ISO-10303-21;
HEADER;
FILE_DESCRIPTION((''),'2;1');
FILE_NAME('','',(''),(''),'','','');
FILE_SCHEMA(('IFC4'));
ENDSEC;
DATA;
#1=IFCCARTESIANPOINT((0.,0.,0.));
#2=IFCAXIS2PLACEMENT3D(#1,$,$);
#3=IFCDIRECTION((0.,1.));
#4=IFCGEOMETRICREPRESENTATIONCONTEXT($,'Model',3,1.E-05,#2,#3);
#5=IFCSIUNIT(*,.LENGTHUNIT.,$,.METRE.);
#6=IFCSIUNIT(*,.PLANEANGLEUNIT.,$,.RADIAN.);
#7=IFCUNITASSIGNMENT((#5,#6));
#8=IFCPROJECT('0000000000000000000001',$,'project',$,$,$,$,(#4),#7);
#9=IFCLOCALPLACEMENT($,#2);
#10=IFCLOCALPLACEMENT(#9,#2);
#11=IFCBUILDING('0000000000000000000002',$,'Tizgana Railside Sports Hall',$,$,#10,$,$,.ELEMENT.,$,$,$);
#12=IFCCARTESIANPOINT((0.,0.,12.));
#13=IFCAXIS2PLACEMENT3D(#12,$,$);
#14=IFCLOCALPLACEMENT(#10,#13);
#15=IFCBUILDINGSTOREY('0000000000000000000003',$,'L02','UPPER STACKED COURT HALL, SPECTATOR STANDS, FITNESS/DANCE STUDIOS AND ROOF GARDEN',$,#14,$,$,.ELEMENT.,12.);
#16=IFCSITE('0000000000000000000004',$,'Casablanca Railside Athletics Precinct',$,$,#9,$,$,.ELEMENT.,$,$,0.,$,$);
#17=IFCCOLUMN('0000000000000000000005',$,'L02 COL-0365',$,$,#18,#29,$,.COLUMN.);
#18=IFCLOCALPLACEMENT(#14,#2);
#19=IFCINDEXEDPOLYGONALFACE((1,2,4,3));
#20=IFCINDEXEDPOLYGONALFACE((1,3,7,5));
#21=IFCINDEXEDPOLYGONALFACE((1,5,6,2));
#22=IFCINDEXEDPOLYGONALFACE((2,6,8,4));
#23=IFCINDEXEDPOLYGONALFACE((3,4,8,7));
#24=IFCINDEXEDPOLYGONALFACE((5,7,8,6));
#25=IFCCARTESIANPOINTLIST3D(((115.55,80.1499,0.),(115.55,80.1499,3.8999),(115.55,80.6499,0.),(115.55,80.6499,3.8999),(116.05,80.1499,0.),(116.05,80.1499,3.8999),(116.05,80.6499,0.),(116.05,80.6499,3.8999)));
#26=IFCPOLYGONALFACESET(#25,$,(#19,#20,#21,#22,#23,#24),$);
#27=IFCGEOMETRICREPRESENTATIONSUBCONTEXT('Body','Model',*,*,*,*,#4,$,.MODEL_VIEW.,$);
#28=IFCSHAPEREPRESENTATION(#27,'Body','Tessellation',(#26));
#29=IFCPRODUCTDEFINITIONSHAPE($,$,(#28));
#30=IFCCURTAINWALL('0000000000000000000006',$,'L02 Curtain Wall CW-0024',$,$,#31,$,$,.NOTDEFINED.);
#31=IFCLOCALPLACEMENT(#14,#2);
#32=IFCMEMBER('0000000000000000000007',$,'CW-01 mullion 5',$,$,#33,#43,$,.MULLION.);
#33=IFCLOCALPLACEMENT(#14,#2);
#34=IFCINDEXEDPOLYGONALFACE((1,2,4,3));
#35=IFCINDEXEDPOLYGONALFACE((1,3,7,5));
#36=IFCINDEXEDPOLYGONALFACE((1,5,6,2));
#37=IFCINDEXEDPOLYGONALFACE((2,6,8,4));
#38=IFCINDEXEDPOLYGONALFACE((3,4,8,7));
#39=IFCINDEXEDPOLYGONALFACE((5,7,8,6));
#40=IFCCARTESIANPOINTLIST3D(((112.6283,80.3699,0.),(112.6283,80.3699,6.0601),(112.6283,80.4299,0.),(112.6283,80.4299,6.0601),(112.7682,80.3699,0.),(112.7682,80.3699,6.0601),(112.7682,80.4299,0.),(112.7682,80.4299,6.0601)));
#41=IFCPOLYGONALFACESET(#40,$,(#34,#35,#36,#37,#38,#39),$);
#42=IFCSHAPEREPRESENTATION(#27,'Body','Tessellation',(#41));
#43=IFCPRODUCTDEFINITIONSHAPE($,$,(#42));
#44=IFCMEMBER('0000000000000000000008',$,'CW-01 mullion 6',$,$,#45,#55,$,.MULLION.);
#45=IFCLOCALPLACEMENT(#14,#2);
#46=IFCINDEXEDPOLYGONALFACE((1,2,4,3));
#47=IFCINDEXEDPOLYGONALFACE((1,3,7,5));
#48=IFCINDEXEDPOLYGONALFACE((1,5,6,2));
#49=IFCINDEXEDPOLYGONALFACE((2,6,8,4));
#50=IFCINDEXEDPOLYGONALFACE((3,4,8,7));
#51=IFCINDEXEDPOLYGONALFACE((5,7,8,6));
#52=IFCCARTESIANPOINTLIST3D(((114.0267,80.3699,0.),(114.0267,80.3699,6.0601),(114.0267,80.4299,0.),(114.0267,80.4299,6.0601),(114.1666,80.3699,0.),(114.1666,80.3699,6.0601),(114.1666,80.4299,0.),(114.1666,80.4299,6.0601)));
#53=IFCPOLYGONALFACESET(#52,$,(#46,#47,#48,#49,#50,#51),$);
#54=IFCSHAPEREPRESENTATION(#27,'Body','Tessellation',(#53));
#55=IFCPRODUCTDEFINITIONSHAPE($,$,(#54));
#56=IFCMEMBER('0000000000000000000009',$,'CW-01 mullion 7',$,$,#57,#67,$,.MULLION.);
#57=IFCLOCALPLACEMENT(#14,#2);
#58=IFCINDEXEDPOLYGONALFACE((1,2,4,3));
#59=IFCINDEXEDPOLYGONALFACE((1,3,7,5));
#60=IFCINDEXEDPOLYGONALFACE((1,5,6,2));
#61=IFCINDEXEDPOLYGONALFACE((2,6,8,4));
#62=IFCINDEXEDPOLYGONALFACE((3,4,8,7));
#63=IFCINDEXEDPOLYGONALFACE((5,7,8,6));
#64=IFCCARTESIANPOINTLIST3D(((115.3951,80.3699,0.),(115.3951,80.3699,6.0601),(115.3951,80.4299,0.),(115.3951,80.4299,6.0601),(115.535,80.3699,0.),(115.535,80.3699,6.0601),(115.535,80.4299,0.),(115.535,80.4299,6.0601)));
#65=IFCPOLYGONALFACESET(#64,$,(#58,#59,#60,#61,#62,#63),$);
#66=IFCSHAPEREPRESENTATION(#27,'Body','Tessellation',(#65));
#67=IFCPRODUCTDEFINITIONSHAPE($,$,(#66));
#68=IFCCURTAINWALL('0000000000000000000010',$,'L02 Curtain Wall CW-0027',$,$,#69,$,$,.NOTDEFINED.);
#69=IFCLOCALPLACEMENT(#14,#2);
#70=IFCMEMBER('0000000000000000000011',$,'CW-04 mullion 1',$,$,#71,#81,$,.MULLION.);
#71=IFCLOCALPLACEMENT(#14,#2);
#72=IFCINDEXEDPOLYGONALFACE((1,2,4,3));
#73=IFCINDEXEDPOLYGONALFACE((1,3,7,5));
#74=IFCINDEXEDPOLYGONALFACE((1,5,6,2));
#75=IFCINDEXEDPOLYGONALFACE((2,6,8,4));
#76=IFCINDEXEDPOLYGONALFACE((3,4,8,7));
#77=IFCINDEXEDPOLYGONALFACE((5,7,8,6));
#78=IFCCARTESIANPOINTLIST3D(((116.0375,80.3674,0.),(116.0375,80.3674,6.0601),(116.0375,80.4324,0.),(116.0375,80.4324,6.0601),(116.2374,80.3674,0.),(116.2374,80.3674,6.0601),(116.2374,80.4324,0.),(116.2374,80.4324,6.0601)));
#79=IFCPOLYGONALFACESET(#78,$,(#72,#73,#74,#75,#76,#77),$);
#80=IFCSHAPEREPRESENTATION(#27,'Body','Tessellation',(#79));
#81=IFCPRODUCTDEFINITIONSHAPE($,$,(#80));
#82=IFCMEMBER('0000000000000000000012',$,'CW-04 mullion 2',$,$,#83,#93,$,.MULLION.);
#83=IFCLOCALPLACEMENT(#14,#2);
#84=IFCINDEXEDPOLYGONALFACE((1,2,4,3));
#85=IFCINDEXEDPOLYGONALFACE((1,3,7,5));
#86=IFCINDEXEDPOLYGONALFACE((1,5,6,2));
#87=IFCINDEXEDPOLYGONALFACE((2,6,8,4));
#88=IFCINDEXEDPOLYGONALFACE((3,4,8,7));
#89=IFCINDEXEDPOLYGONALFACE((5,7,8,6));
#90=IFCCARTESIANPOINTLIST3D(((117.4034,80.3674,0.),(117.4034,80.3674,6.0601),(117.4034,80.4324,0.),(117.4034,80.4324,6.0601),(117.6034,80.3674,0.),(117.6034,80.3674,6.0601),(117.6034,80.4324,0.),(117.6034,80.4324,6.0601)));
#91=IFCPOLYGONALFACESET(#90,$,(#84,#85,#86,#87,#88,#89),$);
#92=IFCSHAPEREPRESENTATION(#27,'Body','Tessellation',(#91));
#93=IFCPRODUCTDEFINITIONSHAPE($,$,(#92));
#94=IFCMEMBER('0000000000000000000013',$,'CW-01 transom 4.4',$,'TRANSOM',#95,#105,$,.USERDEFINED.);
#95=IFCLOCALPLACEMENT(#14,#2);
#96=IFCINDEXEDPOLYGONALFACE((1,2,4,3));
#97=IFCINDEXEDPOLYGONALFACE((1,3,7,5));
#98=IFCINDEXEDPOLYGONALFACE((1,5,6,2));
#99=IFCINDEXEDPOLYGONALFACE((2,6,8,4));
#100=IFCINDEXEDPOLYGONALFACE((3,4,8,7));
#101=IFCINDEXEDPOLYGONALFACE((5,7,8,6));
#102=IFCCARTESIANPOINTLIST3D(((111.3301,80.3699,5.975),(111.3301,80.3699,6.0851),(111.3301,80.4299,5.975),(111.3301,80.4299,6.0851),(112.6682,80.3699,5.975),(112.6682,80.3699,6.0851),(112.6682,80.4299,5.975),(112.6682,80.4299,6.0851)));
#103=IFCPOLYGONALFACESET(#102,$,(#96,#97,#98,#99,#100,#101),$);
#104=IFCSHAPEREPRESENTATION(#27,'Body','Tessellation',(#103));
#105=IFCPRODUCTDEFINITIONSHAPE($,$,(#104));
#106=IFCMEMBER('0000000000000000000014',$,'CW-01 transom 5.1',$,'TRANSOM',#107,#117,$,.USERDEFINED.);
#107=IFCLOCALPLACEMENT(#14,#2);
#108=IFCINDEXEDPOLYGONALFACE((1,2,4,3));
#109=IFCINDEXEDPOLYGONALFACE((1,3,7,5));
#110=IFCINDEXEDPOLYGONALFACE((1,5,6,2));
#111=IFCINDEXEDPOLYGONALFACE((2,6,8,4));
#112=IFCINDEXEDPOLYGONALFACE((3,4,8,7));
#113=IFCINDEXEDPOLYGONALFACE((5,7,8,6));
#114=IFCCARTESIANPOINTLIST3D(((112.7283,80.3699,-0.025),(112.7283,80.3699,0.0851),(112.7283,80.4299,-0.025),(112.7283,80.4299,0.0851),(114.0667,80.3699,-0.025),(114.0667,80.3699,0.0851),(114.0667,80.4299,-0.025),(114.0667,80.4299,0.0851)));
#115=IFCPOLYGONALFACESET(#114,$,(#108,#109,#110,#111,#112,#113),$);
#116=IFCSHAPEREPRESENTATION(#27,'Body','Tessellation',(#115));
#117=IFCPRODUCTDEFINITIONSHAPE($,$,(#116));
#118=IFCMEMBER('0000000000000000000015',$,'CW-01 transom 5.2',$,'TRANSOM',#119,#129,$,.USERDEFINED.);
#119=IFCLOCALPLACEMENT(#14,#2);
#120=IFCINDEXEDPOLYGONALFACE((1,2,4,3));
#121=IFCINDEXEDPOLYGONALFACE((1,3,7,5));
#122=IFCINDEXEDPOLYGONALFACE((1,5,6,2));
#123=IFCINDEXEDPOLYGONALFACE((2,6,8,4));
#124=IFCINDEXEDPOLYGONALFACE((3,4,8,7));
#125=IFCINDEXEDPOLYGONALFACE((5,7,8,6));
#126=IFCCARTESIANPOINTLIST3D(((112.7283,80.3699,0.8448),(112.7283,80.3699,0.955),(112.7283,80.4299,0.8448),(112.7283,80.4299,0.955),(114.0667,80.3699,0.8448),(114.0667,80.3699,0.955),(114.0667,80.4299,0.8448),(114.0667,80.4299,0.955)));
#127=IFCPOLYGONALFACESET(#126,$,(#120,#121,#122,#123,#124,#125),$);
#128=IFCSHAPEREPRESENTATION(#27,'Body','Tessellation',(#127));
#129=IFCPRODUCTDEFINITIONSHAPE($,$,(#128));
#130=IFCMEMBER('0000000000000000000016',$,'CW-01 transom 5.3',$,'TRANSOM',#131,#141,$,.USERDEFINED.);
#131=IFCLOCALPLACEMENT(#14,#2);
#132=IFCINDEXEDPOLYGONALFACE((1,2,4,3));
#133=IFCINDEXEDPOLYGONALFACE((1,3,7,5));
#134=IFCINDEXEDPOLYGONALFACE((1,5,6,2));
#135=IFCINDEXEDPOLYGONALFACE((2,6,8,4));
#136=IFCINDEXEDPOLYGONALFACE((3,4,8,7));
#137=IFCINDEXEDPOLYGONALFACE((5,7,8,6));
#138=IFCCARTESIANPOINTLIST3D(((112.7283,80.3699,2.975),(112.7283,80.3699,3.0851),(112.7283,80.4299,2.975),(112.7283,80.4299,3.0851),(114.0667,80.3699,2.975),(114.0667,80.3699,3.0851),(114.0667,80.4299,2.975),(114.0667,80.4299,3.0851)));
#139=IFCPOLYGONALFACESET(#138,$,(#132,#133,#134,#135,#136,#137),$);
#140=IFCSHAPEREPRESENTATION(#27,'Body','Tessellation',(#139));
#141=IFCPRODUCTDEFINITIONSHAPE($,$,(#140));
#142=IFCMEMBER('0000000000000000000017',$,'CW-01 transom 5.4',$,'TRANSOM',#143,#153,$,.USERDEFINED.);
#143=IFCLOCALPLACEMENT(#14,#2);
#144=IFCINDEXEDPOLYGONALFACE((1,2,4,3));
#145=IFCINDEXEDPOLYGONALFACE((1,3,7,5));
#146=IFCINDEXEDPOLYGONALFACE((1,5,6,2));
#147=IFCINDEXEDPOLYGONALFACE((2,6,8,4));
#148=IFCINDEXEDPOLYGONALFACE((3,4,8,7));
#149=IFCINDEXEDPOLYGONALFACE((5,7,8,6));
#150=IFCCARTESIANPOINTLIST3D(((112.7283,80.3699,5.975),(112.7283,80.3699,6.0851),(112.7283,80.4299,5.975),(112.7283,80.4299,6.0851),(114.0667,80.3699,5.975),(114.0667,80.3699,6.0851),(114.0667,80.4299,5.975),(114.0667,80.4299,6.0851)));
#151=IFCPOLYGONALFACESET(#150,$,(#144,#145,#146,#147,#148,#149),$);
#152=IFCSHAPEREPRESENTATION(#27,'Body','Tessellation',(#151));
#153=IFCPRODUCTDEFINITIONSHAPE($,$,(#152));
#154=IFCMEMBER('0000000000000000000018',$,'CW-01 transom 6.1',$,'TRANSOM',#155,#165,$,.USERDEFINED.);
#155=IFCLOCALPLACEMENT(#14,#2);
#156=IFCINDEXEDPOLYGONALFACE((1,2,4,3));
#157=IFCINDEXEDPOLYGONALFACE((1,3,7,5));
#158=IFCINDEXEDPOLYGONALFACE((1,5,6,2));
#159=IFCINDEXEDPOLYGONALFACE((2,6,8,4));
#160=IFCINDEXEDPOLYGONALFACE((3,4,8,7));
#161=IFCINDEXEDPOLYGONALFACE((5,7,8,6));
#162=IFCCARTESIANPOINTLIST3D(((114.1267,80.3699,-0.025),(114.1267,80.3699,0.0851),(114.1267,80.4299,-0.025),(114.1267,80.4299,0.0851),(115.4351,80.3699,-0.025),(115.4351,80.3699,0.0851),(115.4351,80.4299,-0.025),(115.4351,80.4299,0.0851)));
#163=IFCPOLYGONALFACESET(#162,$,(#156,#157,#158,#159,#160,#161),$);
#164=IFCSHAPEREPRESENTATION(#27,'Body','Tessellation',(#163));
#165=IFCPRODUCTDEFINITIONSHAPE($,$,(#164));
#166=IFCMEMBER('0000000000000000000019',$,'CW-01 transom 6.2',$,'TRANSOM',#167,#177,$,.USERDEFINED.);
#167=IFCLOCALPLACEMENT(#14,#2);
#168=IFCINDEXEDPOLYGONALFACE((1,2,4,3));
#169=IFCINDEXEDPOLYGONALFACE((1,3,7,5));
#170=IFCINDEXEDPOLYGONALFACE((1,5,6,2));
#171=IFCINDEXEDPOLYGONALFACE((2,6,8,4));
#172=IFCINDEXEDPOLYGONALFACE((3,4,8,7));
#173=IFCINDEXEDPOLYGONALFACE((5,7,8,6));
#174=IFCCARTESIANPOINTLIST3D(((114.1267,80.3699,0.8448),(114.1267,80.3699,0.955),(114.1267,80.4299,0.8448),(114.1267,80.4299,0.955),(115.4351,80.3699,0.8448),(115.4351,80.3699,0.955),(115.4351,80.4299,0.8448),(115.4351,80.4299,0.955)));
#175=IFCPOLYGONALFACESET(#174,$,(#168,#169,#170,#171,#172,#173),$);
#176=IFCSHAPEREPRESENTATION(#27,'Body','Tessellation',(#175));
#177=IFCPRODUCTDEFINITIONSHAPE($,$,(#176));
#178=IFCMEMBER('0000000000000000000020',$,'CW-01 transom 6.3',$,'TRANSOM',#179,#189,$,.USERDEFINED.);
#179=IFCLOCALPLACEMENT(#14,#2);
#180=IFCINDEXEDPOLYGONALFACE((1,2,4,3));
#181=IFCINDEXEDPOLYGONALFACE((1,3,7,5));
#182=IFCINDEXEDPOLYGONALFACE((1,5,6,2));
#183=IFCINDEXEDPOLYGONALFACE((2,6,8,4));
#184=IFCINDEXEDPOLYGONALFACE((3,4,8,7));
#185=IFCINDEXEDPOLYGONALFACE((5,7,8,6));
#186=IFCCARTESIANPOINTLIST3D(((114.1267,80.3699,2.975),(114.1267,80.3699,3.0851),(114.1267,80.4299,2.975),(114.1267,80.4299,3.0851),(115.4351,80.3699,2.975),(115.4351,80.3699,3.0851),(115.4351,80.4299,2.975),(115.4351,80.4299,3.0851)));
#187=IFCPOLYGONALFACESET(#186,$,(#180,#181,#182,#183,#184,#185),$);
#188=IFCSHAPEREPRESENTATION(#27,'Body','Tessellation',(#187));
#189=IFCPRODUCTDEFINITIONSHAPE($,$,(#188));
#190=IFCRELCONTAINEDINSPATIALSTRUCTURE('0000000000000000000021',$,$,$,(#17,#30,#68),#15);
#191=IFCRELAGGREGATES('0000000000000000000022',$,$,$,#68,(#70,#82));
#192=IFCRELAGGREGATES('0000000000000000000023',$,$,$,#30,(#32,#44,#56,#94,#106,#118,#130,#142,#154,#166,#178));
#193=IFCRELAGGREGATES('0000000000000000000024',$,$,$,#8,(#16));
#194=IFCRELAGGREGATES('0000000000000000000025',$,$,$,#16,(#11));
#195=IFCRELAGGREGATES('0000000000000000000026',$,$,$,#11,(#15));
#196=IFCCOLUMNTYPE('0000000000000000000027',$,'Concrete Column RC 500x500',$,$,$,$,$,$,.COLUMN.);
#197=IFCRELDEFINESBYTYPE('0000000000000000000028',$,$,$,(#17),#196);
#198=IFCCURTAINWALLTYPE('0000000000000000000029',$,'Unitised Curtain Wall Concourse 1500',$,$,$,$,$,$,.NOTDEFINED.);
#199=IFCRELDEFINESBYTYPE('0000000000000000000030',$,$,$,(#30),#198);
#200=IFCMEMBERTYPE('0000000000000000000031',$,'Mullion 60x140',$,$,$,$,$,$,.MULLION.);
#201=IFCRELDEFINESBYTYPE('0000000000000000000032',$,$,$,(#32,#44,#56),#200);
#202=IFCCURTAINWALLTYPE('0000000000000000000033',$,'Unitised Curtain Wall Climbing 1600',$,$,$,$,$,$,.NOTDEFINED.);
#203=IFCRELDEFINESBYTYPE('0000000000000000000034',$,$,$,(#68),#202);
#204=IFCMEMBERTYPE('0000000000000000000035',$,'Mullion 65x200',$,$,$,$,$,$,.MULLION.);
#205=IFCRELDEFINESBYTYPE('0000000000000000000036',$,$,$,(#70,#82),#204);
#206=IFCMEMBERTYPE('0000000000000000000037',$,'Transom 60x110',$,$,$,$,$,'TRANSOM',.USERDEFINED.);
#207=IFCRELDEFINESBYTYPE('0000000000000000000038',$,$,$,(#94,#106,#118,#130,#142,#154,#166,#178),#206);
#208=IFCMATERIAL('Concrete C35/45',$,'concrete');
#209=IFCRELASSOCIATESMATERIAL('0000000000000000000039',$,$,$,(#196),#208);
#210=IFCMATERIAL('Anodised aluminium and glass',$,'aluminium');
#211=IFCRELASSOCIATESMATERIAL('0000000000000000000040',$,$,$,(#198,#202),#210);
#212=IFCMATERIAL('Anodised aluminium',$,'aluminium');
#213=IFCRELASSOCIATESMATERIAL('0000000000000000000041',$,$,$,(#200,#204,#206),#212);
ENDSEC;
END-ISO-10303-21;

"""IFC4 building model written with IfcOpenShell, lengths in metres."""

from ifc_helpers import new_model, si_unit, direction, frame, origin, origin_2d, place, context, subcontext, project, spatial, rectangle, extrude, material, material_profile, profile_set, type_object, element, aggregate, save


model = new_model("IFC4")

# Units and contexts
model_context = context("Model", 3, precision=1e-05, world=origin(), true_north=direction((0.0, 1.0)))
body_context = subcontext(model_context, "Body", "Model", "MODEL_VIEW")
ifc_project = project(units=[si_unit("LENGTHUNIT", "METRE"), si_unit("PLANEANGLEUNIT", "RADIAN")], contexts=[model_context])

# Site, building, storey
site_placement = place(None, origin())
site = spatial("IfcSite", under=ifc_project, at=site_placement, Name="Casablanca Railside Athletics Precinct", CompositionType="ELEMENT", RefElevation=0.0)
building_placement = place(site_placement, origin())
building = spatial("IfcBuilding", under=site, at=building_placement, Name="Tizgana Railside Sports Hall", CompositionType="ELEMENT")
storey_placement = place(building_placement, frame((0.0, 0.0, 12.0)))
storey = spatial("IfcBuildingStorey", under=building, at=storey_placement, Name="L02", Description="UPPER STACKED COURT HALL, SPECTATOR STANDS, FITNESS/DANCE STUDIOS AND ROOF GARDEN", CompositionType="ELEMENT", Elevation=12.0)

# Column
ifc_material_1 = material(Name="Concrete C35/45", Category="concrete")
ifc_material_profile_1 = material_profile(ifc_material_1, rectangle(XDim=0.5, YDim=0.5, at=origin_2d()), Name="RC 500x500")
ifc_profile_set_1 = profile_set([ifc_material_profile_1], Name="Concrete C35/45")
column_type = type_object("IfcColumnType", Name="Concrete Column RC 500x500", PredefinedType="COLUMN", material=ifc_profile_set_1)
column_placement = place(storey_placement, frame((115.8, 80.3999, 0.0), z_axis=(0.0, 0.0, 1.0), x_axis=(1.0, 0.0, 0.0)))
element("IfcColumn", 1, at=column_placement, inside=storey, type_object=column_type, Name="L02 COL-0365", PredefinedType="COLUMN", context=body_context, shape_type="SweptSolid", body=[
    extrude(rectangle(XDim=0.5, YDim=0.5, at=origin_2d()), origin(), (0.0, 0.0, 1.0), 3.8999),
])

# Curtain walls, members
ifc_material_2 = material(Name="Anodised aluminium and glass", Category="aluminium")
curtain_wall_type_1 = type_object("IfcCurtainWallType", Name="Unitised Curtain Wall Concourse 1500", PredefinedType="NOTDEFINED", material=ifc_material_2)
curtain_wall_1_placement = place(storey_placement, origin())
curtain_wall_1 = element("IfcCurtainWall", 2, at=curtain_wall_1_placement, inside=storey, type_object=curtain_wall_type_1, Name="L02 Curtain Wall CW-0024", PredefinedType="NOTDEFINED")
ifc_material_3 = material(Name="Anodised aluminium", Category="aluminium")
ifc_material_profile_2 = material_profile(ifc_material_3, rectangle(XDim=0.0601, YDim=0.1399, at=origin_2d()), Name="Mullion 60x140")
ifc_profile_set_2 = profile_set([ifc_material_profile_2], Name="Anodised aluminium")
member_type_1 = type_object("IfcMemberType", Name="Mullion 60x140", PredefinedType="MULLION", material=ifc_profile_set_2)
member_1_placement = place(storey_placement, frame((112.6982, 80.3999, 0.0), z_axis=(0.0, 0.0, 1.0), x_axis=(0.0, 1.0, 0.0)))
member_1 = element("IfcMember", 3, at=member_1_placement, type_object=member_type_1, Name="CW-01 mullion 5", PredefinedType="MULLION", context=body_context, shape_type="SweptSolid", body=[
    extrude(rectangle(XDim=0.0601, YDim=0.1399, at=origin_2d()), origin(), (0.0, 0.0, 1.0), 6.0601),
])
member_2_placement = place(storey_placement, frame((114.0967, 80.3999, 0.0), z_axis=(0.0, 0.0, 1.0), x_axis=(0.0, 1.0, 0.0)))
member_2 = element("IfcMember", 4, at=member_2_placement, type_object=member_type_1, Name="CW-01 mullion 6", PredefinedType="MULLION", context=body_context, shape_type="SweptSolid", body=[
    extrude(rectangle(XDim=0.0601, YDim=0.1399, at=origin_2d()), origin(), (0.0, 0.0, 1.0), 6.0601),
])
member_3_placement = place(storey_placement, frame((115.4651, 80.3999, 0.0), z_axis=(0.0, 0.0, 1.0), x_axis=(0.0, 1.0, 0.0)))
member_3 = element("IfcMember", 5, at=member_3_placement, type_object=member_type_1, Name="CW-01 mullion 7", PredefinedType="MULLION", context=body_context, shape_type="SweptSolid", body=[
    extrude(rectangle(XDim=0.0601, YDim=0.1399, at=origin_2d()), origin(), (0.0, 0.0, 1.0), 6.0601),
])
curtain_wall_type_2 = type_object("IfcCurtainWallType", Name="Unitised Curtain Wall Climbing 1600", PredefinedType="NOTDEFINED", material=ifc_material_2)
curtain_wall_2_placement = place(storey_placement, origin())
curtain_wall_2 = element("IfcCurtainWall", 6, at=curtain_wall_2_placement, inside=storey, type_object=curtain_wall_type_2, Name="L02 Curtain Wall CW-0027", PredefinedType="NOTDEFINED")
ifc_material_profile_3 = material_profile(ifc_material_3, rectangle(XDim=0.0649, YDim=0.2, at=origin_2d()), Name="Mullion 65x200")
ifc_profile_set_3 = profile_set([ifc_material_profile_3], Name="Anodised aluminium")
member_type_2 = type_object("IfcMemberType", Name="Mullion 65x200", PredefinedType="MULLION", material=ifc_profile_set_3)
member_4_placement = place(storey_placement, frame((116.1375, 80.3999, 0.0), z_axis=(0.0, 0.0, 1.0), x_axis=(0.0, 1.0, 0.0)))
member_4 = element("IfcMember", 7, at=member_4_placement, type_object=member_type_2, Name="CW-04 mullion 1", PredefinedType="MULLION", context=body_context, shape_type="SweptSolid", body=[
    extrude(rectangle(XDim=0.0649, YDim=0.2, at=origin_2d()), origin(), (0.0, 0.0, 1.0), 6.0601),
])
member_5_placement = place(storey_placement, frame((117.5034, 80.3999, 0.0), z_axis=(0.0, 0.0, 1.0), x_axis=(0.0, 1.0, 0.0)))
member_5 = element("IfcMember", 8, at=member_5_placement, type_object=member_type_2, Name="CW-04 mullion 2", PredefinedType="MULLION", context=body_context, shape_type="SweptSolid", body=[
    extrude(rectangle(XDim=0.0649, YDim=0.2, at=origin_2d()), origin(), (0.0, 0.0, 1.0), 6.0601),
])

# Members
ifc_material_profile_4 = material_profile(ifc_material_3, rectangle(XDim=0.0601, YDim=0.1101, at=origin_2d()), Name="Transom 60x110")
ifc_profile_set_4 = profile_set([ifc_material_profile_4], Name="Anodised aluminium")
member_type_3 = type_object("IfcMemberType", Name="Transom 60x110", ElementType="TRANSOM", PredefinedType="USERDEFINED", material=ifc_profile_set_4)
member_6_placement = place(storey_placement, frame((111.3301, 80.3999, 6.03), z_axis=(1.0, 0.0, 0.0), x_axis=(0.0, 1.0, 0.0)))
member_6 = element("IfcMember", 9, at=member_6_placement, type_object=member_type_3, Name="CW-01 transom 4.4", ObjectType="TRANSOM", PredefinedType="USERDEFINED", context=body_context, shape_type="SweptSolid", body=[
    extrude(rectangle(XDim=0.0601, YDim=0.1101, at=origin_2d()), origin(), (0.0, 0.0, 1.0), 1.3381),
])
member_7_placement = place(storey_placement, frame((112.7283, 80.3999, 0.03), z_axis=(1.0, 0.0, 0.0), x_axis=(0.0, 1.0, 0.0)))
member_7 = element("IfcMember", 10, at=member_7_placement, type_object=member_type_3, Name="CW-01 transom 5.1", ObjectType="TRANSOM", PredefinedType="USERDEFINED", context=body_context, shape_type="SweptSolid", body=[
    extrude(rectangle(XDim=0.0601, YDim=0.1101, at=origin_2d()), origin(), (0.0, 0.0, 1.0), 1.3384),
])
member_8_placement = place(storey_placement, frame((112.7283, 80.3999, 0.8999), z_axis=(1.0, 0.0, 0.0), x_axis=(0.0, 1.0, 0.0)))
member_8 = element("IfcMember", 11, at=member_8_placement, type_object=member_type_3, Name="CW-01 transom 5.2", ObjectType="TRANSOM", PredefinedType="USERDEFINED", context=body_context, shape_type="SweptSolid", body=[
    extrude(rectangle(XDim=0.0601, YDim=0.1101, at=origin_2d()), origin(), (0.0, 0.0, 1.0), 1.3384),
])
member_9_placement = place(storey_placement, frame((112.7283, 80.3999, 3.03), z_axis=(1.0, 0.0, 0.0), x_axis=(0.0, 1.0, 0.0)))
member_9 = element("IfcMember", 12, at=member_9_placement, type_object=member_type_3, Name="CW-01 transom 5.3", ObjectType="TRANSOM", PredefinedType="USERDEFINED", context=body_context, shape_type="SweptSolid", body=[
    extrude(rectangle(XDim=0.0601, YDim=0.1101, at=origin_2d()), origin(), (0.0, 0.0, 1.0), 1.3384),
])
member_10_placement = place(storey_placement, frame((112.7283, 80.3999, 6.03), z_axis=(1.0, 0.0, 0.0), x_axis=(0.0, 1.0, 0.0)))
member_10 = element("IfcMember", 13, at=member_10_placement, type_object=member_type_3, Name="CW-01 transom 5.4", ObjectType="TRANSOM", PredefinedType="USERDEFINED", context=body_context, shape_type="SweptSolid", body=[
    extrude(rectangle(XDim=0.0601, YDim=0.1101, at=origin_2d()), origin(), (0.0, 0.0, 1.0), 1.3384),
])
member_11_placement = place(storey_placement, frame((114.1267, 80.3999, 0.03), z_axis=(1.0, 0.0, 0.0), x_axis=(0.0, 1.0, 0.0)))
member_11 = element("IfcMember", 14, at=member_11_placement, type_object=member_type_3, Name="CW-01 transom 6.1", ObjectType="TRANSOM", PredefinedType="USERDEFINED", context=body_context, shape_type="SweptSolid", body=[
    extrude(rectangle(XDim=0.0601, YDim=0.1101, at=origin_2d()), origin(), (0.0, 0.0, 1.0), 1.3083),
])
member_12_placement = place(storey_placement, frame((114.1267, 80.3999, 0.8999), z_axis=(1.0, 0.0, 0.0), x_axis=(0.0, 1.0, 0.0)))
member_12 = element("IfcMember", 15, at=member_12_placement, type_object=member_type_3, Name="CW-01 transom 6.2", ObjectType="TRANSOM", PredefinedType="USERDEFINED", context=body_context, shape_type="SweptSolid", body=[
    extrude(rectangle(XDim=0.0601, YDim=0.1101, at=origin_2d()), origin(), (0.0, 0.0, 1.0), 1.3083),
])
member_13_placement = place(storey_placement, frame((114.1267, 80.3999, 3.03), z_axis=(1.0, 0.0, 0.0), x_axis=(0.0, 1.0, 0.0)))
member_13 = element("IfcMember", 16, at=member_13_placement, type_object=member_type_3, Name="CW-01 transom 6.3", ObjectType="TRANSOM", PredefinedType="USERDEFINED", context=body_context, shape_type="SweptSolid", body=[
    extrude(rectangle(XDim=0.0601, YDim=0.1101, at=origin_2d()), origin(), (0.0, 0.0, 1.0), 1.3083),
])

aggregate(curtain_wall_2, [member_4, member_5])
aggregate(curtain_wall_1, [member_1, member_2, member_3, member_6, member_7, member_8, member_9, member_10, member_11, member_12, member_13])

save(model, "model.ifc")
